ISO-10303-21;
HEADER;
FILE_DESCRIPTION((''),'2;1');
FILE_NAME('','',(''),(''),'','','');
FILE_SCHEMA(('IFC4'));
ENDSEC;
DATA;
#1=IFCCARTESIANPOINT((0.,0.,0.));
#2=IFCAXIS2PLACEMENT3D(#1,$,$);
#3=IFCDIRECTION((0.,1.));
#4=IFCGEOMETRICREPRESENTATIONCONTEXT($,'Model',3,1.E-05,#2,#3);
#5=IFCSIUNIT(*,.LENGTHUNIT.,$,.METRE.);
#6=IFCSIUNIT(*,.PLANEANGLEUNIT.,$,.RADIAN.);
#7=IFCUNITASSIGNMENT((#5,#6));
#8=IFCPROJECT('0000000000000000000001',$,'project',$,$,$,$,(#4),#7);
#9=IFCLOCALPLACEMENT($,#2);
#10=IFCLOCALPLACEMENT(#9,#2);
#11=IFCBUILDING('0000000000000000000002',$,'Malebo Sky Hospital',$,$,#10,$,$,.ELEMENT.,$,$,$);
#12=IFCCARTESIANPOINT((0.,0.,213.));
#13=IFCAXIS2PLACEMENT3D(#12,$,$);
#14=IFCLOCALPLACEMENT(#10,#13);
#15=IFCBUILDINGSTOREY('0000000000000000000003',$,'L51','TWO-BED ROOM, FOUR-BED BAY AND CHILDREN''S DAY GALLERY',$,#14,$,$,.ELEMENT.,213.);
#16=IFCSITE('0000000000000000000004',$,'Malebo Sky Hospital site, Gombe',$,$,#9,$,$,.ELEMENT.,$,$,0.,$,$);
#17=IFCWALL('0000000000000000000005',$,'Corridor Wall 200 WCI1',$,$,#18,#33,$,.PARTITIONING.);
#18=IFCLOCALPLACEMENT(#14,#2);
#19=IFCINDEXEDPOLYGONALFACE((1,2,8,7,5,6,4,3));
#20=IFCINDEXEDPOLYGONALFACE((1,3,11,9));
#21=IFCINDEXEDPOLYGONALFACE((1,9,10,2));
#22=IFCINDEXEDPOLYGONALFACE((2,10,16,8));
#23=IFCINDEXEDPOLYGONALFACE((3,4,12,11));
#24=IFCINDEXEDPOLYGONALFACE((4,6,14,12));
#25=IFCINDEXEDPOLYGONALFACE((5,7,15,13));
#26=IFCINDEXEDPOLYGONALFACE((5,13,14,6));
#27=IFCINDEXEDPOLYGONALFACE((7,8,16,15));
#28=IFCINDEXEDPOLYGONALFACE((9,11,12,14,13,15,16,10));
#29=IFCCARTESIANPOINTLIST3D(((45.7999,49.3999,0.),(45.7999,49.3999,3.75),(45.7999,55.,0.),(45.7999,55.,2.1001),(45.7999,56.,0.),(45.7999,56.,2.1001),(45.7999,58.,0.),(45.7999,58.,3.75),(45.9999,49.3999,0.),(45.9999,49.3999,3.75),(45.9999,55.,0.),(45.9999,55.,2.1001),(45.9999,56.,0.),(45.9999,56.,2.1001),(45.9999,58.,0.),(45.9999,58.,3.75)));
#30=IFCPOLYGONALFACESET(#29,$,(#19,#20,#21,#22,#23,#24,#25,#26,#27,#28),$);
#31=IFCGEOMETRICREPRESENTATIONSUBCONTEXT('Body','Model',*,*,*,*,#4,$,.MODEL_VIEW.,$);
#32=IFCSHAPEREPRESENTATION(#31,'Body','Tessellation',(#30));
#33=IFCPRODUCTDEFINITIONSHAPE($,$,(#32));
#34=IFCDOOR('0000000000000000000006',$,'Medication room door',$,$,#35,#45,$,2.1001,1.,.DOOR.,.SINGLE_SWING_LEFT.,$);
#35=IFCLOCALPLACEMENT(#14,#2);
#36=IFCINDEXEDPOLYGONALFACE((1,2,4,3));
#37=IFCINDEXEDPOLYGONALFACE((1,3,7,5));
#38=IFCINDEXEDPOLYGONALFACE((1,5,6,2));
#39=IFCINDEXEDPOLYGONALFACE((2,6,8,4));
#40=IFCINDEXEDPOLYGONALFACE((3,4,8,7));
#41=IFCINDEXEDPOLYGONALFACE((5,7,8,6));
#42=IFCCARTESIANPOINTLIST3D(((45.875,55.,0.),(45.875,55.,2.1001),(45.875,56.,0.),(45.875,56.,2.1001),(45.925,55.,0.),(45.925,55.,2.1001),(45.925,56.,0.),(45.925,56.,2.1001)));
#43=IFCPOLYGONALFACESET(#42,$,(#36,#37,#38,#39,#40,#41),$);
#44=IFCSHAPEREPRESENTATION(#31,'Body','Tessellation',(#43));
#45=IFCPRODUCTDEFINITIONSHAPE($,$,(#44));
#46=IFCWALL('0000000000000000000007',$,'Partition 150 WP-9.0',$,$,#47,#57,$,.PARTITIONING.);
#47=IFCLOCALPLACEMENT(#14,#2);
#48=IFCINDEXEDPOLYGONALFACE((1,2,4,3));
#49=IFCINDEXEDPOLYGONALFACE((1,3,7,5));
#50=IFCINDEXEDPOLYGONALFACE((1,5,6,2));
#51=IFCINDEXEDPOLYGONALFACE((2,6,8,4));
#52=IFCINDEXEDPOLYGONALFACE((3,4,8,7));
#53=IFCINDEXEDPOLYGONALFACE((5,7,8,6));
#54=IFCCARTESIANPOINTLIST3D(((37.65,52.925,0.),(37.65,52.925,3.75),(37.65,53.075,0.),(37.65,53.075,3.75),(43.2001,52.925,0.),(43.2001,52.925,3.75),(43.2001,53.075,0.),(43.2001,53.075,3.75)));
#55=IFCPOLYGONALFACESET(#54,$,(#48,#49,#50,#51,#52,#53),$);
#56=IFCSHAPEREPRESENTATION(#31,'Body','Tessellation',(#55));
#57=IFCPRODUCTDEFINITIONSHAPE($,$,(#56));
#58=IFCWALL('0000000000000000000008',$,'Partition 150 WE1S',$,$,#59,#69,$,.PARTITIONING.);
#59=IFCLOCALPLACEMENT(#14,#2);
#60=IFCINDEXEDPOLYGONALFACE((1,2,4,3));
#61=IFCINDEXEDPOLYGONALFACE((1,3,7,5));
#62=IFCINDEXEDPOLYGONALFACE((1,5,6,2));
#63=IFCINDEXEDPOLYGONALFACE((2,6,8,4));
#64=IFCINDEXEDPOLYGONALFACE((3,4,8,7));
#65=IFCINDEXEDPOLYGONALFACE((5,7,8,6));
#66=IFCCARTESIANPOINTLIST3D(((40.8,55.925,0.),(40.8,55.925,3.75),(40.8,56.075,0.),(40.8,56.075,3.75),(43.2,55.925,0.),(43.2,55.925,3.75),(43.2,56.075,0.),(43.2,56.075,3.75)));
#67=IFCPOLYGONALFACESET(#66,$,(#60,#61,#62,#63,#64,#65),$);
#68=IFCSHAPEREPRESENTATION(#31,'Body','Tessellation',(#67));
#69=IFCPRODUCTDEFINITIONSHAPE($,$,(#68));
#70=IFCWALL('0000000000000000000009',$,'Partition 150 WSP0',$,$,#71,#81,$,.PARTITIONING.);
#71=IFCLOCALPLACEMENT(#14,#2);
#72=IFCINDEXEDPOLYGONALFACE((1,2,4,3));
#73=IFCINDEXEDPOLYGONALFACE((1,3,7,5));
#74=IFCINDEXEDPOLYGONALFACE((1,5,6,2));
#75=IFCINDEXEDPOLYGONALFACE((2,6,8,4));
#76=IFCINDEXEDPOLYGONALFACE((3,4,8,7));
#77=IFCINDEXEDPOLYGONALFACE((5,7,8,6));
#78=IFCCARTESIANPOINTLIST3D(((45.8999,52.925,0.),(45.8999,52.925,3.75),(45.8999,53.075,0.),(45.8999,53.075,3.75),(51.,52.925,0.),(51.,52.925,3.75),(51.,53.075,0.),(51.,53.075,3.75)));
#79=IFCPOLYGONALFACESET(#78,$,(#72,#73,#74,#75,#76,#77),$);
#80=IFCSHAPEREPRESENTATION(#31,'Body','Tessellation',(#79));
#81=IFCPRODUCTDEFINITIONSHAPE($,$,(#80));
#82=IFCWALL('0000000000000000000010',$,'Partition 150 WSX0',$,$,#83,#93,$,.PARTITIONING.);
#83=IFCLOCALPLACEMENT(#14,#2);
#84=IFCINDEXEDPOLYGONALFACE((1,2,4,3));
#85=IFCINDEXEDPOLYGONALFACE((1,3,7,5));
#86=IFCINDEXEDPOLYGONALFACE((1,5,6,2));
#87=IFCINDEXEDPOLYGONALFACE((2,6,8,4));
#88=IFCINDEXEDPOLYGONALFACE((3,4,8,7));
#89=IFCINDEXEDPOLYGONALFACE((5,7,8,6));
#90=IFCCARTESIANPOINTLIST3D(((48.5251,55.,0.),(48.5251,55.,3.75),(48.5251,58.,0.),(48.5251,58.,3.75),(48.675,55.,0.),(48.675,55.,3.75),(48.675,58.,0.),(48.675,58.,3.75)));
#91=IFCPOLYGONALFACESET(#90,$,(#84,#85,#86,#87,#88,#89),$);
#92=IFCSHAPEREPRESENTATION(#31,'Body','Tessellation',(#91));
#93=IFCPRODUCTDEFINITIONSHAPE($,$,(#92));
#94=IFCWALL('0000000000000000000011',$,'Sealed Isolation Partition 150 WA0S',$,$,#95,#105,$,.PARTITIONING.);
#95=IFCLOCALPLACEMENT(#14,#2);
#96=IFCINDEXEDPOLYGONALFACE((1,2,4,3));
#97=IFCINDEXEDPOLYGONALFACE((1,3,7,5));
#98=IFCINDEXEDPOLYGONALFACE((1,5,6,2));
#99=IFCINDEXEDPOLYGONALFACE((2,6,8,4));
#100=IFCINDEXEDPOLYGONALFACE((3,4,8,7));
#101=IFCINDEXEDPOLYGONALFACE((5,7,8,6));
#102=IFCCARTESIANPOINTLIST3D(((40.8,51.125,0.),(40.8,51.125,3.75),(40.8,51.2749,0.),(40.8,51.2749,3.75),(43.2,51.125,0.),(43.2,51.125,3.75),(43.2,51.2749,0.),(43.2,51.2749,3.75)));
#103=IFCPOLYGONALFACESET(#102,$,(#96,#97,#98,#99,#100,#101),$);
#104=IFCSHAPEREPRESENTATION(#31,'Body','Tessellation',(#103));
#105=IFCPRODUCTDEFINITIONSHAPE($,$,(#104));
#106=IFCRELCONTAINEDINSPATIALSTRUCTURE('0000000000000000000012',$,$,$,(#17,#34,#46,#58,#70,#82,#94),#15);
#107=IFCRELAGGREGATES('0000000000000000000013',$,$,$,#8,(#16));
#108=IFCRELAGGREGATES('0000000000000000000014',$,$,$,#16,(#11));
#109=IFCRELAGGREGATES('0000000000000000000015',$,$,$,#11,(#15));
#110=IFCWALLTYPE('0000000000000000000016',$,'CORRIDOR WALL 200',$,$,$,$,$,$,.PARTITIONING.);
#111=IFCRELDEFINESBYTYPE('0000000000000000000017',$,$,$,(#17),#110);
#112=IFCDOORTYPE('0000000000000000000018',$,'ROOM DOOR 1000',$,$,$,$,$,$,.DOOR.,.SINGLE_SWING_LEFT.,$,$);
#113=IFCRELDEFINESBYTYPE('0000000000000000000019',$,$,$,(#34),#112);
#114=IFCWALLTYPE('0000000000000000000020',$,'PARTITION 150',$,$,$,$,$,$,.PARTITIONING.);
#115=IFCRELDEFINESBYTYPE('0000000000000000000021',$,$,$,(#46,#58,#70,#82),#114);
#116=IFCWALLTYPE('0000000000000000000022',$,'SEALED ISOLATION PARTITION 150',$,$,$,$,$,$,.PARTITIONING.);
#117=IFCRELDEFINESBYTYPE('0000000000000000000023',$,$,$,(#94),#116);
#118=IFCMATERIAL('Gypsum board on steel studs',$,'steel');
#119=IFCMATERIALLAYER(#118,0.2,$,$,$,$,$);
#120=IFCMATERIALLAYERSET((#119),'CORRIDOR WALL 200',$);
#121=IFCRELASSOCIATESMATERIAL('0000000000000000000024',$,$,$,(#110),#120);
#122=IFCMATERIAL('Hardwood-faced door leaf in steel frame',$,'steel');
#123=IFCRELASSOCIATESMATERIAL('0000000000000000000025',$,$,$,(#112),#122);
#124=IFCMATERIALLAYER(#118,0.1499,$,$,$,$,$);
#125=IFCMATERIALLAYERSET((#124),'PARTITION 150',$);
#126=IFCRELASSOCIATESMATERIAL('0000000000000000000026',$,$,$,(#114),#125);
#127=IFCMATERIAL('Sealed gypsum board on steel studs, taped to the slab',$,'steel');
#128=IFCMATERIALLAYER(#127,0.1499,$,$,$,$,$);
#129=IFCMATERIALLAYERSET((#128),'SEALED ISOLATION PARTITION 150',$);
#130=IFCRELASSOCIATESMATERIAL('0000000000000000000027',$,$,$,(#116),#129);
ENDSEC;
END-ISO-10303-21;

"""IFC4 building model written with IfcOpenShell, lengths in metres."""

from ifc_helpers import new_model, si_unit, direction, frame, frame_2d, origin, place, context, subcontext, project, spatial, rectangle, extrude, material, layer, layer_set, type_object, element, fill, save


model = new_model("IFC4")

# Units and contexts
model_context = context("Model", 3, precision=1e-05, world=origin(), true_north=direction((0.0, 1.0)))
body_context = subcontext(model_context, "Body", "Model", "MODEL_VIEW")
ifc_project = project(units=[si_unit("LENGTHUNIT", "METRE"), si_unit("PLANEANGLEUNIT", "RADIAN")], contexts=[model_context])

# Site, building, storey
site_placement = place(None, origin())
site = spatial("IfcSite", under=ifc_project, at=site_placement, Name="Malebo Sky Hospital site, Gombe", CompositionType="ELEMENT", RefElevation=0.0)
building_placement = place(site_placement, origin())
building = spatial("IfcBuilding", under=site, at=building_placement, Name="Malebo Sky Hospital", CompositionType="ELEMENT")
storey_placement = place(building_placement, frame((0.0, 0.0, 213.0)))
storey = spatial("IfcBuildingStorey", under=building, at=storey_placement, Name="L51", Description="TWO-BED ROOM, FOUR-BED BAY AND CHILDREN'S DAY GALLERY", CompositionType="ELEMENT", Elevation=213.0)

# Wall, opening, door
ifc_material_1 = material(Name="Hardwood-faced door leaf in steel frame", Category="steel")
ifc_material_2 = material(Name="Gypsum board on steel studs", Category="steel")
ifc_layer_1 = layer(ifc_material_2, 0.2)
ifc_layer_set_1 = layer_set([ifc_layer_1], Name="CORRIDOR WALL 200")
wall_type_1 = type_object("IfcWallType", Name="CORRIDOR WALL 200", PredefinedType="PARTITIONING", material=ifc_layer_set_1)
wall_1_placement = place(storey_placement, frame((45.8999, 49.3999, 0.0), z_axis=(0.0, 0.0, 1.0), x_axis=(0.0, 1.0, 0.0)))
wall_1 = element("IfcWall", 1, at=wall_1_placement, inside=storey, type_object=wall_type_1, Name="Corridor Wall 200 WCI1", PredefinedType="PARTITIONING", context=body_context, shape_type="SweptSolid", body=[
    extrude(rectangle(XDim=8.6001, YDim=0.2, at=frame_2d((4.3, 0.0))), origin(), (0.0, 0.0, 1.0), 3.75),
])
opening_1_placement = place(wall_1_placement, frame((5.6001, 0.0, 0.0)))
opening_1 = element("IfcOpeningElement", 2, at=opening_1_placement, cuts=wall_1, PredefinedType="OPENING", context=body_context, shape_type="SweptSolid", body=[
    extrude(rectangle(XDim=1.0, YDim=2.1001, at=frame_2d((0.5, 1.05))), frame((0.0, 0.1099, 0.0), z_axis=(0.0, -1.0, 0.0), x_axis=(1.0, 0.0, 0.0)), (0.0, 0.0, 1.0), 0.22),
])
door_type_1 = type_object("IfcDoorType", Name="ROOM DOOR 1000", OperationType="SINGLE_SWING_LEFT", PredefinedType="DOOR", material=ifc_material_1)
door_1_placement = place(opening_1_placement, origin())
door_1 = element("IfcDoor", 3, at=door_1_placement, inside=storey, type_object=door_type_1, Name="Medication room door", OperationType="SINGLE_SWING_LEFT", OverallHeight=2.1001, OverallWidth=1.0, PredefinedType="DOOR", context=body_context, shape_type="SweptSolid", body=[
    extrude(rectangle(XDim=1.0, YDim=2.1001, at=frame_2d((0.5, 1.05))), frame((0.0, 0.0249, 0.0), z_axis=(0.0, -1.0, 0.0), x_axis=(1.0, 0.0, 0.0)), (0.0, 0.0, 1.0), 0.05),
])
fill(opening_1, door_1)

# Walls
ifc_layer_2 = layer(ifc_material_2, 0.1499)
ifc_layer_set_2 = layer_set([ifc_layer_2], Name="PARTITION 150")
wall_type_2 = type_object("IfcWallType", Name="PARTITION 150", PredefinedType="PARTITIONING", material=ifc_layer_set_2)
wall_2_placement = place(storey_placement, frame((43.2, 53.0, 0.0), z_axis=(0.0, 0.0, 1.0), x_axis=(-1.0, 0.0, 0.0)))
element("IfcWall", 4, at=wall_2_placement, inside=storey, type_object=wall_type_2, Name="Partition 150 WP-9.0", PredefinedType="PARTITIONING", context=body_context, shape_type="SweptSolid", body=[
    extrude(rectangle(XDim=5.55, YDim=0.1499, at=frame_2d((2.7749, 0.0))), origin(), (0.0, 0.0, 1.0), 3.75),
])
wall_3_placement = place(storey_placement, frame((43.2, 56.0, 0.0), z_axis=(0.0, 0.0, 1.0), x_axis=(-1.0, 0.0, 0.0)))
element("IfcWall", 5, at=wall_3_placement, inside=storey, type_object=wall_type_2, Name="Partition 150 WE1S", PredefinedType="PARTITIONING", context=body_context, shape_type="SweptSolid", body=[
    extrude(rectangle(XDim=2.3999, YDim=0.1499, at=frame_2d((1.2, 0.0))), origin(), (0.0, 0.0, 1.0), 3.75),
])
wall_4_placement = place(storey_placement, frame((51.0, 53.0, 0.0), z_axis=(0.0, 0.0, 1.0), x_axis=(-1.0, 0.0, 0.0)))
element("IfcWall", 6, at=wall_4_placement, inside=storey, type_object=wall_type_2, Name="Partition 150 WSP0", PredefinedType="PARTITIONING", context=body_context, shape_type="SweptSolid", body=[
    extrude(rectangle(XDim=5.1001, YDim=0.1499, at=frame_2d((2.55, 0.0))), origin(), (0.0, 0.0, 1.0), 3.75),
])
wall_5_placement = place(storey_placement, frame((48.6001, 55.0, 0.0), z_axis=(0.0, 0.0, 1.0), x_axis=(0.0, 1.0, 0.0)))
element("IfcWall", 7, at=wall_5_placement, inside=storey, type_object=wall_type_2, Name="Partition 150 WSX0", PredefinedType="PARTITIONING", context=body_context, shape_type="SweptSolid", body=[
    extrude(rectangle(XDim=3.0, YDim=0.1499, at=frame_2d((1.5, 0.0))), origin(), (0.0, 0.0, 1.0), 3.75),
])
ifc_material_3 = material(Name="Sealed gypsum board on steel studs, taped to the slab", Category="steel")
ifc_layer_3 = layer(ifc_material_3, 0.1499)
ifc_layer_set_3 = layer_set([ifc_layer_3], Name="SEALED ISOLATION PARTITION 150")
wall_type_3 = type_object("IfcWallType", Name="SEALED ISOLATION PARTITION 150", PredefinedType="PARTITIONING", material=ifc_layer_set_3)
wall_6_placement = place(storey_placement, frame((43.2, 51.2, 0.0), z_axis=(0.0, 0.0, 1.0), x_axis=(-1.0, 0.0, 0.0)))
element("IfcWall", 8, at=wall_6_placement, inside=storey, type_object=wall_type_3, Name="Sealed Isolation Partition 150 WA0S", PredefinedType="PARTITIONING", context=body_context, shape_type="SweptSolid", body=[
    extrude(rectangle(XDim=2.3999, YDim=0.1499, at=frame_2d((1.2, 0.0))), origin(), (0.0, 0.0, 1.0), 3.75),
])

save(model, "model.ifc")
